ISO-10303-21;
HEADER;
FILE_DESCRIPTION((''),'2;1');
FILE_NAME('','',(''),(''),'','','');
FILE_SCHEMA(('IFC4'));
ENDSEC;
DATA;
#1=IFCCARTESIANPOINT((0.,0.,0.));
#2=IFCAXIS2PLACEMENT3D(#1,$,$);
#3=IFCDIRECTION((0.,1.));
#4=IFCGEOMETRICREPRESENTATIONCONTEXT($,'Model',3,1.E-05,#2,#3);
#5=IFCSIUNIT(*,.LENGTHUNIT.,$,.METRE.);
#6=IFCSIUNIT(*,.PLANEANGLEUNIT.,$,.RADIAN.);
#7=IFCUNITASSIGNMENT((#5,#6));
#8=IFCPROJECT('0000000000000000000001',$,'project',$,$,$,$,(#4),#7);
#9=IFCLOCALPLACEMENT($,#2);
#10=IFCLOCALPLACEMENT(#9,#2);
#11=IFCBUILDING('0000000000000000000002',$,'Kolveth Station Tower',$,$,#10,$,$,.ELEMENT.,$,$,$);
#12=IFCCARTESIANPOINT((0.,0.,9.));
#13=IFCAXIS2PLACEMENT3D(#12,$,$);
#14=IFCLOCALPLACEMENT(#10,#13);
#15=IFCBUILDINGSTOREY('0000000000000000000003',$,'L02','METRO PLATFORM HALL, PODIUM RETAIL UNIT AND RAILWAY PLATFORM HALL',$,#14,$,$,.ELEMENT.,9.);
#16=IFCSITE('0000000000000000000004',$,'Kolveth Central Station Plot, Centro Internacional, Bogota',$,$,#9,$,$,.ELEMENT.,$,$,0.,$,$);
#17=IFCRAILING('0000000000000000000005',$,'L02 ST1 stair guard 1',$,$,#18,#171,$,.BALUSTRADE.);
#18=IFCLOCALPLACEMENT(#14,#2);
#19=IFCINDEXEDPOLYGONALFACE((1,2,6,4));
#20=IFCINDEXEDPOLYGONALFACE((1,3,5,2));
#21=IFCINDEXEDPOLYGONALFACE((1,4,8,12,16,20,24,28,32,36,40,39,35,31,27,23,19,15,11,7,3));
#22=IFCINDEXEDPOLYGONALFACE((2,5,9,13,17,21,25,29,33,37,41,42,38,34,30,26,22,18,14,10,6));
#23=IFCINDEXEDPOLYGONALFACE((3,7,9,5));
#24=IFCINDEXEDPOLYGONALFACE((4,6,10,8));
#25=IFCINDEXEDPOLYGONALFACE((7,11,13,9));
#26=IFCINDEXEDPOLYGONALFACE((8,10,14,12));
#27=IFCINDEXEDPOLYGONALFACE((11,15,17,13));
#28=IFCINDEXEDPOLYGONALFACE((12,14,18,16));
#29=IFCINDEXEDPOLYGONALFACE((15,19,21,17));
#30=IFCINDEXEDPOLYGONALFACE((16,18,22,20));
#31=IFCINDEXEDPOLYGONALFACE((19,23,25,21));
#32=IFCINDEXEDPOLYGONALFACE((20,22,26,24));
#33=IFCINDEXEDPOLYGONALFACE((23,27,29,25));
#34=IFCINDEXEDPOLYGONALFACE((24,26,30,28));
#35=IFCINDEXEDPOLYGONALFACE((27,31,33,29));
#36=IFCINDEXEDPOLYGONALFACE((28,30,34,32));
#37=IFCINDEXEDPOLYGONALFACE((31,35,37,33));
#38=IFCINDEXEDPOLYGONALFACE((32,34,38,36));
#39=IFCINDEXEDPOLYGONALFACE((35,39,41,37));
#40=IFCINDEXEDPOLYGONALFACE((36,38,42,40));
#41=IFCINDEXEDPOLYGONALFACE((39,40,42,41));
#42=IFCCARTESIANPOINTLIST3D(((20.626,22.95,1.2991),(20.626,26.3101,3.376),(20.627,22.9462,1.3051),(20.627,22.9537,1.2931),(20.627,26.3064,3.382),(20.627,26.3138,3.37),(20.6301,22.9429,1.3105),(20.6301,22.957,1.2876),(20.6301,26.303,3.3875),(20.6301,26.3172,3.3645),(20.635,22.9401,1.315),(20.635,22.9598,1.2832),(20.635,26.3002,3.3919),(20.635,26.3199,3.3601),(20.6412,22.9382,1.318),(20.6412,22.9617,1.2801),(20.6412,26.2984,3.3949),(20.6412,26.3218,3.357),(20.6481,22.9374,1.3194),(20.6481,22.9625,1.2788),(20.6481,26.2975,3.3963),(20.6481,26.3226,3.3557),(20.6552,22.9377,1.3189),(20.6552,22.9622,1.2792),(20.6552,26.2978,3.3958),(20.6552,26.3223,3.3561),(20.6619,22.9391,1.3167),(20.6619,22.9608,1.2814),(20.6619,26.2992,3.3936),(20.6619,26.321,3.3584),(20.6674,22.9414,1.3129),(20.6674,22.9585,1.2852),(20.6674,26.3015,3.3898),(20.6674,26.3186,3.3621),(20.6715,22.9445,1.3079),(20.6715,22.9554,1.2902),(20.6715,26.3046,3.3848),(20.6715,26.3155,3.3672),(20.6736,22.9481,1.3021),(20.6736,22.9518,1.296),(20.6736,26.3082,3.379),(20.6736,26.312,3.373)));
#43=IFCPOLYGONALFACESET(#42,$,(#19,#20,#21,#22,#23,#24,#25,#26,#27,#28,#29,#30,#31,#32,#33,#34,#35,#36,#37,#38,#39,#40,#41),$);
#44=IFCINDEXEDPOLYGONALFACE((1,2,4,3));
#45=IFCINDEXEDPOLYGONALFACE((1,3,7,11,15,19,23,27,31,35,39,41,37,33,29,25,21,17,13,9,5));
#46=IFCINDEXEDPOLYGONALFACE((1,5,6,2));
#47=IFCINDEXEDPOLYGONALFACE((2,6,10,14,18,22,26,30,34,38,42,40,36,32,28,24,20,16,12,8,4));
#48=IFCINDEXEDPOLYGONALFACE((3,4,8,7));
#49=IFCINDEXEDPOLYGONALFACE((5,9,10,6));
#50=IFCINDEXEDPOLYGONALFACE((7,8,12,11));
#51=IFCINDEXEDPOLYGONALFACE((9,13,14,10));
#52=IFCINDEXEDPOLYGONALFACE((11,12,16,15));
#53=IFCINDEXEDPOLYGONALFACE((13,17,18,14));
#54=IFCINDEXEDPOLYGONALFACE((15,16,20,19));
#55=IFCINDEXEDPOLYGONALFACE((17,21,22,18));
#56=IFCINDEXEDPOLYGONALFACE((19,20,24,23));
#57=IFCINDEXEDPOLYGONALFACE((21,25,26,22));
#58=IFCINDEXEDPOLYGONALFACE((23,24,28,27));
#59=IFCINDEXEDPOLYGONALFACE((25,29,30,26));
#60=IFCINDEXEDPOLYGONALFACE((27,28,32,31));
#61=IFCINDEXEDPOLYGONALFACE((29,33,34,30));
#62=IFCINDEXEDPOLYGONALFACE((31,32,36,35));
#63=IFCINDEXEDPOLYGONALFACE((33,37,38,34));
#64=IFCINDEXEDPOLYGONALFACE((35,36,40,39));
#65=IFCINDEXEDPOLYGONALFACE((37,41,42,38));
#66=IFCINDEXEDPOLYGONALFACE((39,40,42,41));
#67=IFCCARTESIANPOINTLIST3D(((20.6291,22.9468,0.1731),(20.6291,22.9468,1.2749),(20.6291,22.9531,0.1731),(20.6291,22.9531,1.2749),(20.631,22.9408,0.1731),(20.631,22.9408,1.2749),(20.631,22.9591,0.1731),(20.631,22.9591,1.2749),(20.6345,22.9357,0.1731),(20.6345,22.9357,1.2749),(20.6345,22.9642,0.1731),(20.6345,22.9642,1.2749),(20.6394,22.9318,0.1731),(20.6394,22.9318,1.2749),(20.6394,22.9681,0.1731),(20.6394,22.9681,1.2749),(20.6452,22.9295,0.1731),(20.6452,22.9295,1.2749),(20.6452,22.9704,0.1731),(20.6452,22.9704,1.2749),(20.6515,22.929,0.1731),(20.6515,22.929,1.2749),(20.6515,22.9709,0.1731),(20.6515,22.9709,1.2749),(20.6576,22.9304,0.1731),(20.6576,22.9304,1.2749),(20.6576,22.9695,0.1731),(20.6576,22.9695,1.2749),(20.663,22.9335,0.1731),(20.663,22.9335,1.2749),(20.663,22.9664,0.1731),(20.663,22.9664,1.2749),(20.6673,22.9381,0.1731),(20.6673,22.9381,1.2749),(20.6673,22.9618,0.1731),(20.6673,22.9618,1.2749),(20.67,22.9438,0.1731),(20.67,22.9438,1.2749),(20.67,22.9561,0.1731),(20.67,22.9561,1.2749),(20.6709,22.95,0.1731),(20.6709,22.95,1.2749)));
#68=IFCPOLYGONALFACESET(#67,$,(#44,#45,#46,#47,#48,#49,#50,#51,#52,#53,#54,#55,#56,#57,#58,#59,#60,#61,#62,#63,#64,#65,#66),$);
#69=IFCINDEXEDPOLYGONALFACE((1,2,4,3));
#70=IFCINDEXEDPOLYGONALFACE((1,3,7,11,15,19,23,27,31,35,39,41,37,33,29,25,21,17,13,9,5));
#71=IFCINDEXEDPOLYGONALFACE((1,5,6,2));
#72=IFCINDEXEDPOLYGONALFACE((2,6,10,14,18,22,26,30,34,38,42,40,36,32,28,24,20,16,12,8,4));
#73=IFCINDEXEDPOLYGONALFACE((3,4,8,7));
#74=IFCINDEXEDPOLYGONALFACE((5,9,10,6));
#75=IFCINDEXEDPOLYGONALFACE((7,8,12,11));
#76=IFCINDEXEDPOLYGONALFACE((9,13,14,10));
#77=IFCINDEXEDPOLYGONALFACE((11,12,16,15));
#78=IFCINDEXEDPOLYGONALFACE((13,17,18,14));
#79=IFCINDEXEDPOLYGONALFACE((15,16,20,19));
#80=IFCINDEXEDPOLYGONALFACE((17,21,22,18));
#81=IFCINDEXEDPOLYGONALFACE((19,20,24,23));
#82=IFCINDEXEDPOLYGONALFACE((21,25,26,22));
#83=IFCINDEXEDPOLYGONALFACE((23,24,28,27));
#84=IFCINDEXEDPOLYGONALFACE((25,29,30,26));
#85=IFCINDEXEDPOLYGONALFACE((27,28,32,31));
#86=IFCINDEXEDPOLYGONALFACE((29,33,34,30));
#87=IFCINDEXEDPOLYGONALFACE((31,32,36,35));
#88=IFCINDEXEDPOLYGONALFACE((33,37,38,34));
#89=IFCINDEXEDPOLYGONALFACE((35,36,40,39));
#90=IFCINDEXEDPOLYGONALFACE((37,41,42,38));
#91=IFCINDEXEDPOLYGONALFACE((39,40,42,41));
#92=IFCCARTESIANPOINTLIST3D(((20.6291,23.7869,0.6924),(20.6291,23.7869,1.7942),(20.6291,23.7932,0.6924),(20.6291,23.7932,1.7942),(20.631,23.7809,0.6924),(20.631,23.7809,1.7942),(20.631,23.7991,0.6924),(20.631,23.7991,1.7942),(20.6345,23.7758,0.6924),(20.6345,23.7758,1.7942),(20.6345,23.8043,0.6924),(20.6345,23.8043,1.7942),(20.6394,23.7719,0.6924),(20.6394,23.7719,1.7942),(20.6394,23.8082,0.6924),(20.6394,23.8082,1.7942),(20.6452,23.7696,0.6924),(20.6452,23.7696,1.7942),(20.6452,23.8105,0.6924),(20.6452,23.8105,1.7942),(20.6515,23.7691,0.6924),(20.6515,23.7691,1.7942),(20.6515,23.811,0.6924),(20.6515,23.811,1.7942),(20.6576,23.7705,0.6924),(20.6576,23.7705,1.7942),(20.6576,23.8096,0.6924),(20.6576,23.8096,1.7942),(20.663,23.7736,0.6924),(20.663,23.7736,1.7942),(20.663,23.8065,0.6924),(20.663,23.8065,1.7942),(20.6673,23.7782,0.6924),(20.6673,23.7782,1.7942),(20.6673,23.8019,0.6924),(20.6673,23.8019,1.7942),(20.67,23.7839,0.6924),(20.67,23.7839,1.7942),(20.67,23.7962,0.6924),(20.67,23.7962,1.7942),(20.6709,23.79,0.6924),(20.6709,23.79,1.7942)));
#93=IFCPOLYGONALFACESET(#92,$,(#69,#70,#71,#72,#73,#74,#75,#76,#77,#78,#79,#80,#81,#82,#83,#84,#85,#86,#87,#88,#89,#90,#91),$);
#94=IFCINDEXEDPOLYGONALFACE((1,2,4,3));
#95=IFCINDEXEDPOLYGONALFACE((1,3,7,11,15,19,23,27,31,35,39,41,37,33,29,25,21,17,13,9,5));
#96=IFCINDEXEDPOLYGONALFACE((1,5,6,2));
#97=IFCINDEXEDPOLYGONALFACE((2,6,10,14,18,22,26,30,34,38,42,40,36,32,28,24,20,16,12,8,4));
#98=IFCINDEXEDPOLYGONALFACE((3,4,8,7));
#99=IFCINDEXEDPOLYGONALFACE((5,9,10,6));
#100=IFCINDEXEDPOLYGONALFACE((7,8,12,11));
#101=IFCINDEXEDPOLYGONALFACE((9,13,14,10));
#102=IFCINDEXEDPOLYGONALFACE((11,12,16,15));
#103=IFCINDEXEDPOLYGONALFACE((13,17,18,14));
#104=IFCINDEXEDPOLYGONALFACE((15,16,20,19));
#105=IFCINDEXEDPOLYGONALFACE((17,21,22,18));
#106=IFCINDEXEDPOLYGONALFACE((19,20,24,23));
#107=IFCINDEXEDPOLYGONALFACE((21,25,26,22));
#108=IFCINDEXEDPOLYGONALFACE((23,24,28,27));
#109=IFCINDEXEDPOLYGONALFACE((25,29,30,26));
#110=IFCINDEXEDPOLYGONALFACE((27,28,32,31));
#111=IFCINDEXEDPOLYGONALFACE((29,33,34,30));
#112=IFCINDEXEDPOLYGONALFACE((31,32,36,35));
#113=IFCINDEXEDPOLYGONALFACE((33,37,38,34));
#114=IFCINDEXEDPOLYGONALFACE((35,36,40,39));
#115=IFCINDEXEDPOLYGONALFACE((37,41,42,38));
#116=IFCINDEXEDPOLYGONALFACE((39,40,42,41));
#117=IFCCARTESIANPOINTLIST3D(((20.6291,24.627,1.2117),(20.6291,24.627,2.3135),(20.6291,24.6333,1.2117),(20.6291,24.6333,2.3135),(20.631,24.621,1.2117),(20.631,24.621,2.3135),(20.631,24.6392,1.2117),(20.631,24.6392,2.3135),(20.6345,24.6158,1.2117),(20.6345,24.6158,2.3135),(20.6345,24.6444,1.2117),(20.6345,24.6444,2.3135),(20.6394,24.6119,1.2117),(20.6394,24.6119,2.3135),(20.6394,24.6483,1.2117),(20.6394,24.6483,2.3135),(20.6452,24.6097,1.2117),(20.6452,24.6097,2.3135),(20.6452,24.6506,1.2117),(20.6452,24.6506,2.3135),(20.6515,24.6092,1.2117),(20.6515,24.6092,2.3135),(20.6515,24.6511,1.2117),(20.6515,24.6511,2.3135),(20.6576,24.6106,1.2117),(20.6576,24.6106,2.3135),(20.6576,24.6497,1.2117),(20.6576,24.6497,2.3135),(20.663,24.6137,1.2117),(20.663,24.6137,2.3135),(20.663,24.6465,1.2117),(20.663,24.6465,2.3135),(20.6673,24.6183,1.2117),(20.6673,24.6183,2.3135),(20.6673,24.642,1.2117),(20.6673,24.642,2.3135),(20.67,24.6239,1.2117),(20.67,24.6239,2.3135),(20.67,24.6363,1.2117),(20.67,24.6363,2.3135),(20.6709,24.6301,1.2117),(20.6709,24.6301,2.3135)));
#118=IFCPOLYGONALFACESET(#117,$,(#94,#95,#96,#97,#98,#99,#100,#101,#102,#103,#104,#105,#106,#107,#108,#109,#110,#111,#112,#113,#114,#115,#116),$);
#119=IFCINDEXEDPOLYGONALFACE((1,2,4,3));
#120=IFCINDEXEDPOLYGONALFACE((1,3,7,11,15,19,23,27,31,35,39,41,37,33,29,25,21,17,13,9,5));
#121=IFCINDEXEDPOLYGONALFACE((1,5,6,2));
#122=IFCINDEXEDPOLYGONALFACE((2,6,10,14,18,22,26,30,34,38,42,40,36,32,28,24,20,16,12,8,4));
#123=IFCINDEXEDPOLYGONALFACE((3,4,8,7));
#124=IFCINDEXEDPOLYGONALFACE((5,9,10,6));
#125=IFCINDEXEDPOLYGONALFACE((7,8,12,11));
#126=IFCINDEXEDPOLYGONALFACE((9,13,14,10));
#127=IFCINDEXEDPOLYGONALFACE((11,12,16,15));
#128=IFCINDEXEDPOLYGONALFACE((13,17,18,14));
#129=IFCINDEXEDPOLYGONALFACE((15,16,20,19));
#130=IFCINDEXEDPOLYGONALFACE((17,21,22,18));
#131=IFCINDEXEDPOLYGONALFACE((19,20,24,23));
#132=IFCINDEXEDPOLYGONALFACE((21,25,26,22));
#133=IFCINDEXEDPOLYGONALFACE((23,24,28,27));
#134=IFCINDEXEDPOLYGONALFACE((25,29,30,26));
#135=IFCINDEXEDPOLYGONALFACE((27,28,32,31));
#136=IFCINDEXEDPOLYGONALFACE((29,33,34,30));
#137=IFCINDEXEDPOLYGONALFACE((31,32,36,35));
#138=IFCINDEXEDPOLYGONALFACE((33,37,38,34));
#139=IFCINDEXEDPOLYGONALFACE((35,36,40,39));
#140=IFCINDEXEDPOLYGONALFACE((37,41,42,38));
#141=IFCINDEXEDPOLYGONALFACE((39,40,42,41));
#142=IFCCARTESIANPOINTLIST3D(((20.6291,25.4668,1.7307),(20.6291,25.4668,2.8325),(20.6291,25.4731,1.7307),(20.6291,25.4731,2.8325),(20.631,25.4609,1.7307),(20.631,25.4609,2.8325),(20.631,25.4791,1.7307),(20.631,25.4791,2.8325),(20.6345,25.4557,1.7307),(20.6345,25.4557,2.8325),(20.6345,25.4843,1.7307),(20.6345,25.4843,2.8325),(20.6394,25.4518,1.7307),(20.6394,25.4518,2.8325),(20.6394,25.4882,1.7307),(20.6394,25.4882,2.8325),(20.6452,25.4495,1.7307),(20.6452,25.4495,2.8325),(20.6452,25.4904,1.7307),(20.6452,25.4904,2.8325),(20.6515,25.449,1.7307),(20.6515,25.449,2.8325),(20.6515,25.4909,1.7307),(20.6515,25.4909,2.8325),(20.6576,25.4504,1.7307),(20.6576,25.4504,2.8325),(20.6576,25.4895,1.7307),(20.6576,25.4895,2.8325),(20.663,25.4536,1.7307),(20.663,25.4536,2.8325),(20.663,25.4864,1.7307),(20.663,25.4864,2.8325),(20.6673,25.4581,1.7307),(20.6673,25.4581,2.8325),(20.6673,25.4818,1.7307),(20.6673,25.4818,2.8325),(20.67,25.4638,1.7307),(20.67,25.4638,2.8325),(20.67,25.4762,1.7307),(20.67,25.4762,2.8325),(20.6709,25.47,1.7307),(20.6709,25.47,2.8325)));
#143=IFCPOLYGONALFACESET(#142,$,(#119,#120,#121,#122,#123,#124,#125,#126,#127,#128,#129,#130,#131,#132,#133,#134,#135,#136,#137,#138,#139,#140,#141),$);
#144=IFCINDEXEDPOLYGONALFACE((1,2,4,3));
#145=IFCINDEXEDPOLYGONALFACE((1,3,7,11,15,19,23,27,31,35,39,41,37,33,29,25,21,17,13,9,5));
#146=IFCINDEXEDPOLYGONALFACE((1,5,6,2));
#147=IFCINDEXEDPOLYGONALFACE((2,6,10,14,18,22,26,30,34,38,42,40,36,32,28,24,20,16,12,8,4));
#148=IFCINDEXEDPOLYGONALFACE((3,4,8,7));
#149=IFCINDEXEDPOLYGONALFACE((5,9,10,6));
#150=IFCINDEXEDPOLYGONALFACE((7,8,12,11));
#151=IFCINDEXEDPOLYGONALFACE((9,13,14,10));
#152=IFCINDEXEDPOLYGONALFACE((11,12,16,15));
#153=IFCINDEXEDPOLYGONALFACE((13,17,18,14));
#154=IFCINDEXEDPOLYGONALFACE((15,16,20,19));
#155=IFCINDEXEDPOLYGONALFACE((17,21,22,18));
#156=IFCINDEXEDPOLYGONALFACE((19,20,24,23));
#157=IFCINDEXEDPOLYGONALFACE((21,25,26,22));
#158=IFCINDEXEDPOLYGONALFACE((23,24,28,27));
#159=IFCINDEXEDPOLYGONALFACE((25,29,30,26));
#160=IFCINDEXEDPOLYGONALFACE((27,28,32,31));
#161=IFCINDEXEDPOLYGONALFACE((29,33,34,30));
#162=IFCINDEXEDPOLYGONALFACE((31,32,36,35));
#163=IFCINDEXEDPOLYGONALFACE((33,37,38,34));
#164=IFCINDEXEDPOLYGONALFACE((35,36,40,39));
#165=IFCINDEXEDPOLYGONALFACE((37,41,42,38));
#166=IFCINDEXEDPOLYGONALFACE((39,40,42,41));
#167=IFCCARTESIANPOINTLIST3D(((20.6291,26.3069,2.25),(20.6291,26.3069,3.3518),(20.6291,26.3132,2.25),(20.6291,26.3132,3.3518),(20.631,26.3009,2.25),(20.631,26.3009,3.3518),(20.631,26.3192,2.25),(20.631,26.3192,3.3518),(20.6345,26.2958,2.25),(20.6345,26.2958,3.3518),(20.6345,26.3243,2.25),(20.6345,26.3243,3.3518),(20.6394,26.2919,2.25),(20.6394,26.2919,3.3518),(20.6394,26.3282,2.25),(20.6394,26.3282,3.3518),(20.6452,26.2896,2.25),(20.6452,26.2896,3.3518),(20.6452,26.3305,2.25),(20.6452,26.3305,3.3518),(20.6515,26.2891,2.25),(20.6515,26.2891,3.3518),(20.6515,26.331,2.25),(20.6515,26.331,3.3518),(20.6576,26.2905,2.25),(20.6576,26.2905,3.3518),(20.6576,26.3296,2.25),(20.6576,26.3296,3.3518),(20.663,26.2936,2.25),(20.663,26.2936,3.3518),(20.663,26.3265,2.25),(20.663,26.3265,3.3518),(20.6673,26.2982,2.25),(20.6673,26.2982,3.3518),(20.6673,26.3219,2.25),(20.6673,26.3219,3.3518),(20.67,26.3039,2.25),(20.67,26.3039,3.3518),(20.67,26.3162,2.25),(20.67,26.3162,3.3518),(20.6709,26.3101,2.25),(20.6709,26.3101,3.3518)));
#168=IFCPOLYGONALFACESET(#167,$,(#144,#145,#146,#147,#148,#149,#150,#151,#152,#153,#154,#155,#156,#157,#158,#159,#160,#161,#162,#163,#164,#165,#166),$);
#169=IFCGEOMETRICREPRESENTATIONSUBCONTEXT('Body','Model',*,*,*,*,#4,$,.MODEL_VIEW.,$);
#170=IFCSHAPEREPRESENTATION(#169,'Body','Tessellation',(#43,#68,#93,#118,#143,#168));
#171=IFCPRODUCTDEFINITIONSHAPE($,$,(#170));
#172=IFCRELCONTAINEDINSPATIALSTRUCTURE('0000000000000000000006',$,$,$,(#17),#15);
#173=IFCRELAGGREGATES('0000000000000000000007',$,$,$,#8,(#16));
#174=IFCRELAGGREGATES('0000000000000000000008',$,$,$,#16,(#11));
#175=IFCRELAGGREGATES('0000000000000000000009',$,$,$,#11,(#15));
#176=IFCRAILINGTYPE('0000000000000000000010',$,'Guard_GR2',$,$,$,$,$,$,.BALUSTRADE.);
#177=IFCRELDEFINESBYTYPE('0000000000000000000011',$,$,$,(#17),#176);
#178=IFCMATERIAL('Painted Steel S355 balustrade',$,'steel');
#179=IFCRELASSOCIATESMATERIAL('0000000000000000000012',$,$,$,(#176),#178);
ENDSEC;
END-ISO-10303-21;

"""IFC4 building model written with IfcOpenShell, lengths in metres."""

from ifc_helpers import new_model, si_unit, direction, frame, origin, origin_2d, place, context, subcontext, project, spatial, circle, extrude, material, type_object, element, save


model = new_model("IFC4")

# Units and contexts
model_context = context("Model", 3, precision=1e-05, world=origin(), true_north=direction((0.0, 1.0)))
body_context = subcontext(model_context, "Body", "Model", "MODEL_VIEW")
ifc_project = project(units=[si_unit("LENGTHUNIT", "METRE"), si_unit("PLANEANGLEUNIT", "RADIAN")], contexts=[model_context])

# Site, building, storey
site_placement = place(None, origin())
site = spatial("IfcSite", under=ifc_project, at=site_placement, Name="Kolveth Central Station Plot, Centro Internacional, Bogota", CompositionType="ELEMENT", RefElevation=0.0)
building_placement = place(site_placement, origin())
building = spatial("IfcBuilding", under=site, at=building_placement, Name="Kolveth Station Tower", CompositionType="ELEMENT")
storey_placement = place(building_placement, frame((0.0, 0.0, 9.0)))
storey = spatial("IfcBuildingStorey", under=building, at=storey_placement, Name="L02", Description="METRO PLATFORM HALL, PODIUM RETAIL UNIT AND RAILWAY PLATFORM HALL", CompositionType="ELEMENT", Elevation=9.0)

# Railing
ifc_material_1 = material(Name="Painted Steel S355 balustrade", Category="steel")
railing_type_1 = type_object("IfcRailingType", Name="Guard_GR2", PredefinedType="BALUSTRADE", material=ifc_material_1)
railing_1_placement = place(storey_placement, frame((20.6499, 22.95, 0.1731)))
element("IfcRailing", 1, at=railing_1_placement, inside=storey, type_object=railing_type_1, Name="L02 ST1 stair guard 1", PredefinedType="BALUSTRADE", context=body_context, shape_type="SweptSolid", body=[
    extrude(circle(Radius=0.0239, at=origin_2d()), frame((0.0, 0.0, 1.126), z_axis=(0.0, 0.850623, 0.525776), x_axis=(-1.0, 0.0, 0.0)), (0.0, 0.0, 1.0), 3.9502),
    extrude(circle(Radius=0.021, at=origin_2d()), origin(), (0.0, 0.0, 1.0), 1.1018),
    extrude(circle(Radius=0.021, at=origin_2d()), frame((0.0, 0.8401, 0.5193)), (0.0, 0.0, 1.0), 1.1018),
    extrude(circle(Radius=0.021, at=origin_2d()), frame((0.0, 1.6802, 1.0386)), (0.0, 0.0, 1.0), 1.1018),
    extrude(circle(Radius=0.021, at=origin_2d()), frame((0.0, 2.52, 1.5576)), (0.0, 0.0, 1.0), 1.1018),
    extrude(circle(Radius=0.021, at=origin_2d()), frame((0.0, 3.3601, 2.0769)), (0.0, 0.0, 1.0), 1.1018),
])

save(model, "model.ifc")
